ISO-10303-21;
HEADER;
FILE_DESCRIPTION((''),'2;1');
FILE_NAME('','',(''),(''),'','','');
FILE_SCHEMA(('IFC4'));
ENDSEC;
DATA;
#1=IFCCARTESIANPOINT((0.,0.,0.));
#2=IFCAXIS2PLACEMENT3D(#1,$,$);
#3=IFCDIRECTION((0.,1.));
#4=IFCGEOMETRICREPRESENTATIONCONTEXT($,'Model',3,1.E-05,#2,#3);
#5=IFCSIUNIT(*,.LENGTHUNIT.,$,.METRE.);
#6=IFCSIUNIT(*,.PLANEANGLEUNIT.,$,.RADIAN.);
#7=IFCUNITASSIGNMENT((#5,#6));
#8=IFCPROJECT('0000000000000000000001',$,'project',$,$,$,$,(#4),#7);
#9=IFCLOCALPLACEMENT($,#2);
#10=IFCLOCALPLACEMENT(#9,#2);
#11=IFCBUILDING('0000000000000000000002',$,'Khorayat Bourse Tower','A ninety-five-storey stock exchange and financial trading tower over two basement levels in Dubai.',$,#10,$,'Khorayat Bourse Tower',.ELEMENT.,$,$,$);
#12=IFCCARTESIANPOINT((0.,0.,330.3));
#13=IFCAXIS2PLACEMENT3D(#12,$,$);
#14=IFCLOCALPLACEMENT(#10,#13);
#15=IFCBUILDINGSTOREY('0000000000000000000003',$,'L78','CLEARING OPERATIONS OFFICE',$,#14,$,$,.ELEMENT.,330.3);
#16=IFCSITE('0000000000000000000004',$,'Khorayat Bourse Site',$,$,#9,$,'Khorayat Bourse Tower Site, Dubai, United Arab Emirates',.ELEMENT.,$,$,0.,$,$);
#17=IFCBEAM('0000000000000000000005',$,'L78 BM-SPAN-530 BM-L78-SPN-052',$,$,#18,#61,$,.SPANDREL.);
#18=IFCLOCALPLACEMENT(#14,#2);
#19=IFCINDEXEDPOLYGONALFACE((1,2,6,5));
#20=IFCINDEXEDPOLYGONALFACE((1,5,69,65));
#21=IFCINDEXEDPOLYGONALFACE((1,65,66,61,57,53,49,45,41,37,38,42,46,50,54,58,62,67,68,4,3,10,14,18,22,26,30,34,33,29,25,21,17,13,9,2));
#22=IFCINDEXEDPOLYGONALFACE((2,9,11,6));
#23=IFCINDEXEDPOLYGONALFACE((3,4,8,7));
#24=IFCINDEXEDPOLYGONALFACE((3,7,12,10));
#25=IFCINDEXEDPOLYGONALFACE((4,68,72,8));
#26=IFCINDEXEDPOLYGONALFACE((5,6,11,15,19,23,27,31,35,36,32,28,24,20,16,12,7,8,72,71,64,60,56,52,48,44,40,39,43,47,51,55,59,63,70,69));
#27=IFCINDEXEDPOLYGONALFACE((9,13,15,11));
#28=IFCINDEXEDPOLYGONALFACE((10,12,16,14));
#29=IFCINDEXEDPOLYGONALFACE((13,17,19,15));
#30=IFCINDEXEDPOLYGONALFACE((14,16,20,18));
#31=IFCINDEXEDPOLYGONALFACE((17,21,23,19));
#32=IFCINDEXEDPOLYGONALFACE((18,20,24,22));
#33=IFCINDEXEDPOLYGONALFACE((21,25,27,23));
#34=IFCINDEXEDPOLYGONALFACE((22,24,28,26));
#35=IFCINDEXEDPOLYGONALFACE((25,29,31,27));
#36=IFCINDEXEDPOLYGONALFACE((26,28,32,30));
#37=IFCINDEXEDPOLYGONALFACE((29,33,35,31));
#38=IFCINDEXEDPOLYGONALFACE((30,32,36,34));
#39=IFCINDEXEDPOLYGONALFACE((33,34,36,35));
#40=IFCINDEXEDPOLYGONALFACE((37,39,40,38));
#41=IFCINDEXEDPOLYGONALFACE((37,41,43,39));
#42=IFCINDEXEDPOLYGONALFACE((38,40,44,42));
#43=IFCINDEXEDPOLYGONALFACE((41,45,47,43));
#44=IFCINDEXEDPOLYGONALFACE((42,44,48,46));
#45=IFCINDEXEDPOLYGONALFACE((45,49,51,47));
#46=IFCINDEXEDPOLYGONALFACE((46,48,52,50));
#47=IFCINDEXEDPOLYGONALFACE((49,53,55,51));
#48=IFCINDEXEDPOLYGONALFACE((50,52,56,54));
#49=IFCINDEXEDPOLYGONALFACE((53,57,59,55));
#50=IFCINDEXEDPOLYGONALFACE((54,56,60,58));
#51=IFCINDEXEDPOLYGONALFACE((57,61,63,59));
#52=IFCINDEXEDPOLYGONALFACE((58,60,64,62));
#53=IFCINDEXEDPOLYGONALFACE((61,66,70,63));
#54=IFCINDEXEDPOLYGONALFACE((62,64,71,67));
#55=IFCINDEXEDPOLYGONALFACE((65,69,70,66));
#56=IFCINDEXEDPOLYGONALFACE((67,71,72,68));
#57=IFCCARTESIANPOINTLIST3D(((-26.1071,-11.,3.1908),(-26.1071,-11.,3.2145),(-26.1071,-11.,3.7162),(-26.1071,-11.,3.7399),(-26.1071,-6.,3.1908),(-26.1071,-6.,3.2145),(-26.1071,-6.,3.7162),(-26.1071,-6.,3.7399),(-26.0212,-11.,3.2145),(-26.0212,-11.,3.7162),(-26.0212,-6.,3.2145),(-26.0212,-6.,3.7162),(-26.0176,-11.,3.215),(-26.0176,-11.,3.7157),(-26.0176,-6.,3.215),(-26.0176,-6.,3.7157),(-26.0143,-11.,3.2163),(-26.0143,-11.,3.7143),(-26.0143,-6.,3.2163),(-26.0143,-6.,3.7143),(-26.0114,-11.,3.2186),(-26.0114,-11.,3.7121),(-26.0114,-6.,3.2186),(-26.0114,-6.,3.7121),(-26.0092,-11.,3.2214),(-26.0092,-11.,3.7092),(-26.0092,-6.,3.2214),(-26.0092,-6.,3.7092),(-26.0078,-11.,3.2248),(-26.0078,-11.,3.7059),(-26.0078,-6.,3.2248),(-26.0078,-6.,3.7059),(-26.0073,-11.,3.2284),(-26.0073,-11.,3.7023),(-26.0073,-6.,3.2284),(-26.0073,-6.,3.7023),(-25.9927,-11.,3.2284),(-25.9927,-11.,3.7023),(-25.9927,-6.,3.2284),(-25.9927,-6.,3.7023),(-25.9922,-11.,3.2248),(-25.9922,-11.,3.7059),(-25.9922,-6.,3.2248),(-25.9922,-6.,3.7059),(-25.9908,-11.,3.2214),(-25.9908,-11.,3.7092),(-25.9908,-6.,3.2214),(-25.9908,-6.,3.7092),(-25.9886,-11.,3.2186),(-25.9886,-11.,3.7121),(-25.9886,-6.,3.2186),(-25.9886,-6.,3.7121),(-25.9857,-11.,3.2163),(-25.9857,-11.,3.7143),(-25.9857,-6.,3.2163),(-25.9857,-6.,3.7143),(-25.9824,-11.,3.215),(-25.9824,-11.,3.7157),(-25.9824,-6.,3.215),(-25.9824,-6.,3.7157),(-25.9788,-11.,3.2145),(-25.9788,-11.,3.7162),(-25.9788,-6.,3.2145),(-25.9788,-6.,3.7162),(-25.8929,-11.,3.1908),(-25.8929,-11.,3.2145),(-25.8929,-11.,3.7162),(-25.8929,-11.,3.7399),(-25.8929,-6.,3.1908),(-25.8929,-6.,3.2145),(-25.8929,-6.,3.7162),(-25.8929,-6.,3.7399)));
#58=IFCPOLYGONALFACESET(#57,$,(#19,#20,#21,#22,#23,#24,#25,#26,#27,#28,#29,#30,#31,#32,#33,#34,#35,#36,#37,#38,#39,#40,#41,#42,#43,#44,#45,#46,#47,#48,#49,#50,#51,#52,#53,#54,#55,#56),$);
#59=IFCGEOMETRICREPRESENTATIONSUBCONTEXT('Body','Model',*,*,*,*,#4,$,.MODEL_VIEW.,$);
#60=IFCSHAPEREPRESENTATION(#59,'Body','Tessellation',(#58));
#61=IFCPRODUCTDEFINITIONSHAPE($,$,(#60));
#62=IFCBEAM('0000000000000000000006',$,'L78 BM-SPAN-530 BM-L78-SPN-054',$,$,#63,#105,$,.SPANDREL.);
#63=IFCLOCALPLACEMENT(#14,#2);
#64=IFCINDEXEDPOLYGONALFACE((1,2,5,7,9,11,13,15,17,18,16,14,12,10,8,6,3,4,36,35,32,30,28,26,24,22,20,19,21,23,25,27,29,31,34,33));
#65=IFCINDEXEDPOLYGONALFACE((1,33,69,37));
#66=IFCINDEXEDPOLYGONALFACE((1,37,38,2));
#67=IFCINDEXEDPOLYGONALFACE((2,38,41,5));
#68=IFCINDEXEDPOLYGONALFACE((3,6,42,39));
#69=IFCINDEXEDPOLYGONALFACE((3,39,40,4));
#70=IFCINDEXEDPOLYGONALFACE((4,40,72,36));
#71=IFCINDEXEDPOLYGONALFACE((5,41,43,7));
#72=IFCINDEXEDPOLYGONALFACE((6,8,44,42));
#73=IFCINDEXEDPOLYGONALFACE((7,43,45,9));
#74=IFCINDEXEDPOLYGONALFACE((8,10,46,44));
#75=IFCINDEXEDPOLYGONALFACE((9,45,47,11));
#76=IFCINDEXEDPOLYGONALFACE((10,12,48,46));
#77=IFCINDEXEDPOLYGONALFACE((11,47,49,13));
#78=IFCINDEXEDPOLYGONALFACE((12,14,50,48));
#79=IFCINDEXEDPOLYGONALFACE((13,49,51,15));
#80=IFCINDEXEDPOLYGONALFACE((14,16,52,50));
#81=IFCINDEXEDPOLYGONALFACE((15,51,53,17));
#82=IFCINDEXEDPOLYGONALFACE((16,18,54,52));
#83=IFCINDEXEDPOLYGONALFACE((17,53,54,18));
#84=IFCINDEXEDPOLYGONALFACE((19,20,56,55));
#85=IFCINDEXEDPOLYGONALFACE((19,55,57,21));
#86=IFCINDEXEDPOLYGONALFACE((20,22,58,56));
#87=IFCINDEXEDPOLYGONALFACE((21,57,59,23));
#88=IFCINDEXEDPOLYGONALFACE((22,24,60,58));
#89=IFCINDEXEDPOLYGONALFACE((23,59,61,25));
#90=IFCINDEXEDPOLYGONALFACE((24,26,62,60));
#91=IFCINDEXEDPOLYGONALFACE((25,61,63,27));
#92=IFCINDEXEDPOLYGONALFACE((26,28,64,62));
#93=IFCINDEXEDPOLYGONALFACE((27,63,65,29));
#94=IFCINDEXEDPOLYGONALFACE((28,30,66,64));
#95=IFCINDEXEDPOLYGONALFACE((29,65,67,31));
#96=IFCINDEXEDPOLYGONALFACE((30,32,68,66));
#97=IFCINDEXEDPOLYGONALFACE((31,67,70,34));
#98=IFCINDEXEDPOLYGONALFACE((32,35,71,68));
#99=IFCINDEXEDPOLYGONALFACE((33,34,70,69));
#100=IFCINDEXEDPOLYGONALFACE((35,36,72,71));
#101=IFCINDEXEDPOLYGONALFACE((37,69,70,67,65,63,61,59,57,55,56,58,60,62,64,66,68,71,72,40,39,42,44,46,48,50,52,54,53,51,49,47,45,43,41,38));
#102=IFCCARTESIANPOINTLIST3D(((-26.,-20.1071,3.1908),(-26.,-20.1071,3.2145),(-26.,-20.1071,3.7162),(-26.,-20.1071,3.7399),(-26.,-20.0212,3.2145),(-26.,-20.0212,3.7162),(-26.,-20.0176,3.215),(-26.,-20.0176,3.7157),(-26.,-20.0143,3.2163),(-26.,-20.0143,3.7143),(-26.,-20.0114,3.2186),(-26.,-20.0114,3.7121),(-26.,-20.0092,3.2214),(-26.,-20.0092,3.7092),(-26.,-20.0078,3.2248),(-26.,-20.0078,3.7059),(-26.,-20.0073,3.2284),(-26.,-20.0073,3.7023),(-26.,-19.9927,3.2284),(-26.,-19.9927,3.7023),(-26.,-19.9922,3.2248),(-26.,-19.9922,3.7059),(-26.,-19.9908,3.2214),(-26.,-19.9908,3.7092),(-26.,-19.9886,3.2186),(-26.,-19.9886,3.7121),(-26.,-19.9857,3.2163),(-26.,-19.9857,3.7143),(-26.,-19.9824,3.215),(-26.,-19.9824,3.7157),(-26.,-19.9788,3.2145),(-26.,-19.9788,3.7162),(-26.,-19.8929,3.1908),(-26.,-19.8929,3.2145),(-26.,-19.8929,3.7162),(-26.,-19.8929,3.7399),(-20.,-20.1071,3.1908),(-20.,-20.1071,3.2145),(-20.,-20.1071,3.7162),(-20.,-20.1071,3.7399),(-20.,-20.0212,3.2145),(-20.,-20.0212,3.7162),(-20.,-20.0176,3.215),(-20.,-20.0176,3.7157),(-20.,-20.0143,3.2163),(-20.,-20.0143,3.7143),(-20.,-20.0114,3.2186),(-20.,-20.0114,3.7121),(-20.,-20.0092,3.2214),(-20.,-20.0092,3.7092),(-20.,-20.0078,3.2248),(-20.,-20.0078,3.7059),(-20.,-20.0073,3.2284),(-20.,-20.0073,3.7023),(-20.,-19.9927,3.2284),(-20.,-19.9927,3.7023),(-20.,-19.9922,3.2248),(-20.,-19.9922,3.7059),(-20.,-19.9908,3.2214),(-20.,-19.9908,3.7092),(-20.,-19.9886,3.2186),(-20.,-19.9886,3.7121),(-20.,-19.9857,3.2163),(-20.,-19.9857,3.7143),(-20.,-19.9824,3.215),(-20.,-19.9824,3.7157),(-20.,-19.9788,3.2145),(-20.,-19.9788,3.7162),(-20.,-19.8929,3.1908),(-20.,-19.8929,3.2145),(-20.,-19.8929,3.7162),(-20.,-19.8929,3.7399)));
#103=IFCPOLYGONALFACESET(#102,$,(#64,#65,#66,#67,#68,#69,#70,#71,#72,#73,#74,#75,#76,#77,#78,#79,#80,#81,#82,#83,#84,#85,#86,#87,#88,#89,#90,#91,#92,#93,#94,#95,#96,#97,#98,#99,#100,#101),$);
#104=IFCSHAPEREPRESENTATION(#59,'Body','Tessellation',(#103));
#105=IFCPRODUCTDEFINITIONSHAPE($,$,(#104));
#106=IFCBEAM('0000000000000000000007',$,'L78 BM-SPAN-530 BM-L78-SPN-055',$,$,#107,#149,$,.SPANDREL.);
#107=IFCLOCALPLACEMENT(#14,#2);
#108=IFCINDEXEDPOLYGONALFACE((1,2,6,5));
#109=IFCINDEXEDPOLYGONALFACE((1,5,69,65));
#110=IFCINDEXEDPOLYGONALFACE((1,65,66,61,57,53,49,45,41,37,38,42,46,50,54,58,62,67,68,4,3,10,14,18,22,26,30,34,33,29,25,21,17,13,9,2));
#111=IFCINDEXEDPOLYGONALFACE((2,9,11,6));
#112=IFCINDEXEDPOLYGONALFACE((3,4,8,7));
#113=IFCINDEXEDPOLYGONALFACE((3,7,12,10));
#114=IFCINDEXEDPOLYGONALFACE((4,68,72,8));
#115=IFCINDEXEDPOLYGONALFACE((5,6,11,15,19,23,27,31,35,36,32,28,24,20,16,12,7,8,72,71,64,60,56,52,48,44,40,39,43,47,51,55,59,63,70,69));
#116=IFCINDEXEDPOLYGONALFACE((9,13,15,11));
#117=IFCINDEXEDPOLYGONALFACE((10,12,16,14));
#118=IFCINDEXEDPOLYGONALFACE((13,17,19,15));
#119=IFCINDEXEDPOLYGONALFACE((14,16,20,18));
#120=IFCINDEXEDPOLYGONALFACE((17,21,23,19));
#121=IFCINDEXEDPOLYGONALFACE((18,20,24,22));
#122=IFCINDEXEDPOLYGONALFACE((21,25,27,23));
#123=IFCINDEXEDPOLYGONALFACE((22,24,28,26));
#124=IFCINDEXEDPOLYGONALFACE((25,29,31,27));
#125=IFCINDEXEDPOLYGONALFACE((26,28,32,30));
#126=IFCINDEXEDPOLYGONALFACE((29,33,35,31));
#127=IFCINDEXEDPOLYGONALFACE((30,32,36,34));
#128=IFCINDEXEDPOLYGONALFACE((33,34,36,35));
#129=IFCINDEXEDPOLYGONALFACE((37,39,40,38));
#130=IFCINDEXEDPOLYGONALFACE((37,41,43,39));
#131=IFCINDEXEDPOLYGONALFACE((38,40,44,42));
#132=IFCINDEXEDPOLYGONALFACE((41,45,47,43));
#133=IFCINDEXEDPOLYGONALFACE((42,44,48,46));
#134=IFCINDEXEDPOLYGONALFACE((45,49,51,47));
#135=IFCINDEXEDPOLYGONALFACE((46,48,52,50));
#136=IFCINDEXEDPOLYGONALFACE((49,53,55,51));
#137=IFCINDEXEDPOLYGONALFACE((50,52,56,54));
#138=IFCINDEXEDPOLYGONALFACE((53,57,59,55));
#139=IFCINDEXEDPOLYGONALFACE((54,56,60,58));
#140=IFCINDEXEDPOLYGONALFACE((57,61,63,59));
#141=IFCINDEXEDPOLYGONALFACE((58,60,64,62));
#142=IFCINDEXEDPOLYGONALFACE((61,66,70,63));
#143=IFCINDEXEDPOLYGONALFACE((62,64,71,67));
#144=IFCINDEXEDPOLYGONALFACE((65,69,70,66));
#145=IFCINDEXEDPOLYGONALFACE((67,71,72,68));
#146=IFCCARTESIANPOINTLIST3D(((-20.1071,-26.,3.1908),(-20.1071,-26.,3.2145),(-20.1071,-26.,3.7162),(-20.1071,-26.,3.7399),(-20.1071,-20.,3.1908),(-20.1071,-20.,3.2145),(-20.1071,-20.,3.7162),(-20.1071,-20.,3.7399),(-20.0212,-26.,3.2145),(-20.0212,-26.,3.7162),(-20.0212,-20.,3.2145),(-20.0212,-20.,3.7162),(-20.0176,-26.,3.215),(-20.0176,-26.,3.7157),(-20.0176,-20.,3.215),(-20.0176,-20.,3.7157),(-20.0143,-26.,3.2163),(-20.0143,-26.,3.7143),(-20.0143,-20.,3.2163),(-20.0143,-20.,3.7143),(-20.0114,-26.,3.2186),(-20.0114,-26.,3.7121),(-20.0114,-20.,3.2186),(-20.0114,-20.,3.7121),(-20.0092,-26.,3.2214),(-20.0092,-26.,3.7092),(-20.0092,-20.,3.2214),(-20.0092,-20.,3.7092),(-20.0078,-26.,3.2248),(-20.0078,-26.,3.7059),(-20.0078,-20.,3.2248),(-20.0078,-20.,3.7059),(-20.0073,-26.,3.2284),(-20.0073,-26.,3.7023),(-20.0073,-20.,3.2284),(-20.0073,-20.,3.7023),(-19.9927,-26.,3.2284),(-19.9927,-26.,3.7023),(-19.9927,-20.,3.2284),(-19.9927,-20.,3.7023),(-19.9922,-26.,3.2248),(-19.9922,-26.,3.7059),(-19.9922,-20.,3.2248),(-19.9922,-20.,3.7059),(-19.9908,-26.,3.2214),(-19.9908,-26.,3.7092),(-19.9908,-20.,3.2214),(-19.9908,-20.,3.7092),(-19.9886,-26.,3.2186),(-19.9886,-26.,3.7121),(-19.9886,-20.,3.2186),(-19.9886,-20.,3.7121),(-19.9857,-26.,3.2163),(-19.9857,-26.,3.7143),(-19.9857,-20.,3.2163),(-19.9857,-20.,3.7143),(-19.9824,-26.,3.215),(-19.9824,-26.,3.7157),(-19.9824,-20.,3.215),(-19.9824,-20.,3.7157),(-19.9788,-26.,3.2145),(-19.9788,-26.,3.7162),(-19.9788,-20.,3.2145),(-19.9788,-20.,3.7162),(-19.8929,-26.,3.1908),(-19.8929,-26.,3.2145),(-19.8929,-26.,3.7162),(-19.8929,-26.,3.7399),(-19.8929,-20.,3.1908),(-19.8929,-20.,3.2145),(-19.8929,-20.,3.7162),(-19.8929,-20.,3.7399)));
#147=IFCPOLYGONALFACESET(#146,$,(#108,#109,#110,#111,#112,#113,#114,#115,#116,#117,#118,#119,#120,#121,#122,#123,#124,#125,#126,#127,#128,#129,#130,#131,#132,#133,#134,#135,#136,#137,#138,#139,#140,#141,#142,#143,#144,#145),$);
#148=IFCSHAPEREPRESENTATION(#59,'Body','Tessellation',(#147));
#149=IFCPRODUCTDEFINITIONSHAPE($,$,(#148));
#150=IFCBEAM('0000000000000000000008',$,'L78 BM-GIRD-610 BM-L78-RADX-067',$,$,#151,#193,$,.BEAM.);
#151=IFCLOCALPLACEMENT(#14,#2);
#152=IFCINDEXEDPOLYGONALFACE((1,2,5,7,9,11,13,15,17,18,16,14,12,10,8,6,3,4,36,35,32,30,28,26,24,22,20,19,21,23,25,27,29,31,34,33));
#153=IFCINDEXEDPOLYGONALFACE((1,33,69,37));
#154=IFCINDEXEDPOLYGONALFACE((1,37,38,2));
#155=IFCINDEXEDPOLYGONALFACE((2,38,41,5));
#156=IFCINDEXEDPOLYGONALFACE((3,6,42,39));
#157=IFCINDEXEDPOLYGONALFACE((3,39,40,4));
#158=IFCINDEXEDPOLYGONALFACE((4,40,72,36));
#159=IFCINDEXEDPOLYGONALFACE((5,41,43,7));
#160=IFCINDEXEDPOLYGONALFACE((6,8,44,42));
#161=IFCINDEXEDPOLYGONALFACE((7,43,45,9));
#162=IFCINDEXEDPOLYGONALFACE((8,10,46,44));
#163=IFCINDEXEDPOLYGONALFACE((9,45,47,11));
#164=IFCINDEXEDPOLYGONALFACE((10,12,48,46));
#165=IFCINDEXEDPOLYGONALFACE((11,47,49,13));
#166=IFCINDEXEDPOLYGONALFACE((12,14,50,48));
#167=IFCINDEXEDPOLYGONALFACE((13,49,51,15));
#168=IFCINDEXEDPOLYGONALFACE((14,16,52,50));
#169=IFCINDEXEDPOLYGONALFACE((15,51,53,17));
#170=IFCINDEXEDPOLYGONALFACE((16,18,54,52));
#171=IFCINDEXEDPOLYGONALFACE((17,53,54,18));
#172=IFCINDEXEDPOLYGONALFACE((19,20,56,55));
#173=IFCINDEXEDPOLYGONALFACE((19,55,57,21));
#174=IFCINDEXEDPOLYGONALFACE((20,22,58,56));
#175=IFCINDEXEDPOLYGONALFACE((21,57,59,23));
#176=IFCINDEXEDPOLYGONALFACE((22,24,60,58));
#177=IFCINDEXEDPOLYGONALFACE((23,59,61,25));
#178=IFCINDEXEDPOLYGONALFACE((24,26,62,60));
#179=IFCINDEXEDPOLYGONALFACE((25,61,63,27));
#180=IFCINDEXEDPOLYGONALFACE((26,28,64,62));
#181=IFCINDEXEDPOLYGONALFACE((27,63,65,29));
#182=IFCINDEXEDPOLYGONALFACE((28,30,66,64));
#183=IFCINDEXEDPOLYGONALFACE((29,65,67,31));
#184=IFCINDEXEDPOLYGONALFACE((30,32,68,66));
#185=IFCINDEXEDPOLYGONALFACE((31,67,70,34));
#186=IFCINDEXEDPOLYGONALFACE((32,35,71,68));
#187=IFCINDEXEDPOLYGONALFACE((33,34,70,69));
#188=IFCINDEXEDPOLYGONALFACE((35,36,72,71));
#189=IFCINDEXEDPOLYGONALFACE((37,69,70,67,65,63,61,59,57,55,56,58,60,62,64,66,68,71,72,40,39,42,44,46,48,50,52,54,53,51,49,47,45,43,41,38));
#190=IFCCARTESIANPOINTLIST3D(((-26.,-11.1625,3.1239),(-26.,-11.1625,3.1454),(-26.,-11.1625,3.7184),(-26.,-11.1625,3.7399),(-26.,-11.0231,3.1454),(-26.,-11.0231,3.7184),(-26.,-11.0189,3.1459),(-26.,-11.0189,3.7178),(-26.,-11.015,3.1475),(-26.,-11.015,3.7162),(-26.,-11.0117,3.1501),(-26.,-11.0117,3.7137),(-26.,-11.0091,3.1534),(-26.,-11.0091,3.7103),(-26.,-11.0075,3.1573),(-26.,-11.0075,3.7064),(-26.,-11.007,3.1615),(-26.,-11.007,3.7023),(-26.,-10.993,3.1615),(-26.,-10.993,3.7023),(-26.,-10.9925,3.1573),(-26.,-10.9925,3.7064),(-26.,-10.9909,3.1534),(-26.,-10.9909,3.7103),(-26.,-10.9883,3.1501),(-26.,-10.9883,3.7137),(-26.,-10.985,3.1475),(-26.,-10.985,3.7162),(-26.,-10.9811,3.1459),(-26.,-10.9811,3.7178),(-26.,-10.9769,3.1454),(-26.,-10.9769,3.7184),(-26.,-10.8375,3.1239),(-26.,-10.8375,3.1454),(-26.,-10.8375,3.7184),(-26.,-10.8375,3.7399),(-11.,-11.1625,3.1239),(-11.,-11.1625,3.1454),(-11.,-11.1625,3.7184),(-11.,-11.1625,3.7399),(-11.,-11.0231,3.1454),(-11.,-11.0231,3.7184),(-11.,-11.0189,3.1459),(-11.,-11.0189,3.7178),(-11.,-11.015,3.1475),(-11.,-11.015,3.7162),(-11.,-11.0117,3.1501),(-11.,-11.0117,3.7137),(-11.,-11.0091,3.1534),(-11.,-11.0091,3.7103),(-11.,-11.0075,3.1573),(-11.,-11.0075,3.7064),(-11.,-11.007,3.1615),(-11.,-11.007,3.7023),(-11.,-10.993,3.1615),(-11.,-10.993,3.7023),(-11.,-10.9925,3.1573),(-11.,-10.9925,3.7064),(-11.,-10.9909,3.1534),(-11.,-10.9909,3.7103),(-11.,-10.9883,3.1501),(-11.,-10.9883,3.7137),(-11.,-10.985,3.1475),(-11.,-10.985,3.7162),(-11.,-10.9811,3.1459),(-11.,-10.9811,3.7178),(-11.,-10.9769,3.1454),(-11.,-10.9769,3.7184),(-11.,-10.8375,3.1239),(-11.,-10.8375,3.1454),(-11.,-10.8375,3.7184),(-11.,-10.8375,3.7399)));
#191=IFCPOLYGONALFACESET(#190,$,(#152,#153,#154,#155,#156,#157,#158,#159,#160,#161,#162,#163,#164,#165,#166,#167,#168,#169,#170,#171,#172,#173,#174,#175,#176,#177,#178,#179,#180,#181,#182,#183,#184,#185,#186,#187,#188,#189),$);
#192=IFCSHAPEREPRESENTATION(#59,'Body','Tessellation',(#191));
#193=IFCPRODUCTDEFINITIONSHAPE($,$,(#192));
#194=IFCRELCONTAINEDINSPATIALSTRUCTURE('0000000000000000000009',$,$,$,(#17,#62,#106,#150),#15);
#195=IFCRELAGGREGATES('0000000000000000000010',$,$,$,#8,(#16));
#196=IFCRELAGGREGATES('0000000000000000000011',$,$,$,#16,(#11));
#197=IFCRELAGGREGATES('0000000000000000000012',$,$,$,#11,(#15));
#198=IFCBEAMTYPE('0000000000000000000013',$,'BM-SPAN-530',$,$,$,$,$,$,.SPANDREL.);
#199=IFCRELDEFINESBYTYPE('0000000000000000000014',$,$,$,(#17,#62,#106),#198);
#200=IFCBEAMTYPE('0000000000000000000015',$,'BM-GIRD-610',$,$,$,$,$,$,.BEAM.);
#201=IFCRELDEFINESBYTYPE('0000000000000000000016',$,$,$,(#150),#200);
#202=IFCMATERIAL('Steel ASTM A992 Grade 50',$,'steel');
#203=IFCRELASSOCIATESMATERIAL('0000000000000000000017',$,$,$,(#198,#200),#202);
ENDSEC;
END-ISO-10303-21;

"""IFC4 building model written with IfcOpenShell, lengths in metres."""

from ifc_helpers import new_model, si_unit, direction, frame, origin, origin_2d, place, context, subcontext, project, spatial, i_section, extrude, source, transform, mapped, material, material_profile, profile_set, type_object, element, save


model = new_model("IFC4")

# Units and contexts
model_context = context("Model", 3, precision=1e-05, world=origin(), true_north=direction((0.0, 1.0)))
body_context = subcontext(model_context, "Body", "Model", "MODEL_VIEW")
ifc_project = project(units=[si_unit("LENGTHUNIT", "METRE"), si_unit("PLANEANGLEUNIT", "RADIAN")], contexts=[model_context])

# Site, building, storey
site_placement = place(None, origin())
site = spatial("IfcSite", under=ifc_project, at=site_placement, Name="Khorayat Bourse Site", LongName="Khorayat Bourse Tower Site, Dubai, United Arab Emirates", CompositionType="ELEMENT", RefElevation=0.0)
building_placement = place(site_placement, origin())
building = spatial("IfcBuilding", under=site, at=building_placement, Name="Khorayat Bourse Tower", Description="A ninety-five-storey stock exchange and financial trading tower over two basement levels in Dubai.", LongName="Khorayat Bourse Tower", CompositionType="ELEMENT")
storey_placement = place(building_placement, frame((0.0, 0.0, 330.3)))
storey = spatial("IfcBuildingStorey", under=building, at=storey_placement, Name="L78", Description="CLEARING OPERATIONS OFFICE", CompositionType="ELEMENT", Elevation=330.3)

# Beams
ifc_material_1 = material(Name="Steel ASTM A992 Grade 50", Category="steel")
ifc_material_profile_1 = material_profile(ifc_material_1, i_section(OverallWidth=0.2141, OverallDepth=0.5491, WebThickness=0.0146, FlangeThickness=0.0237, FilletRadius=0.0139, at=origin_2d()), Name="W530X138")
ifc_profile_set_1 = profile_set([ifc_material_profile_1], Name="Steel ASTM A992 Grade 50")
beam_type_1 = type_object("IfcBeamType", Name="BM-SPAN-530", PredefinedType="SPANDREL", material=ifc_profile_set_1)
shared_shape_1 = source(origin(), body_context, "Body", "SweptSolid", [
    extrude(i_section(OverallWidth=0.2141, OverallDepth=0.5491, WebThickness=0.0146, FlangeThickness=0.0237, FilletRadius=0.0139, at=origin_2d()), origin(), (0.0, 0.0, 1.0), 5.0),
])
beam_1_placement = place(storey_placement, frame((-26.0, -11.0, 3.4653), z_axis=(0.0, 1.0, 0.0), x_axis=(-1.0, 0.0, 0.0)))
element("IfcBeam", 1, at=beam_1_placement, inside=storey, type_object=beam_type_1, Name="L78 BM-SPAN-530 BM-L78-SPN-052", PredefinedType="SPANDREL", context=body_context, shape_type="MappedRepresentation", body=[
    mapped(shared_shape_1, transform((0.0, 0.0, 0.0), scale=1.0)),
])
shared_shape_2 = source(origin(), body_context, "Body", "SweptSolid", [
    extrude(i_section(OverallWidth=0.2141, OverallDepth=0.5491, WebThickness=0.0146, FlangeThickness=0.0237, FilletRadius=0.0139, at=origin_2d()), origin(), (0.0, 0.0, 1.0), 6.0),
])
for number, where, z_axis, x_axis, name in (
    (2, (-26.0, -20.0, 3.4653), (1.0, 0.0, 0.0), (0.0, 1.0, 0.0), "L78 BM-SPAN-530 BM-L78-SPN-054"),
    (3, (-20.0, -26.0, 3.4653), (0.0, 1.0, 0.0), (-1.0, 0.0, 0.0), "L78 BM-SPAN-530 BM-L78-SPN-055"),
):
    element("IfcBeam", number, at=place(storey_placement, frame(where, z_axis=z_axis, x_axis=x_axis)), inside=storey, type_object=beam_type_1, Name=name, PredefinedType="SPANDREL", context=body_context, shape_type="MappedRepresentation", body=[
        mapped(shared_shape_2, transform((0.0, 0.0, 0.0), scale=1.0)),
    ])
ifc_material_profile_2 = material_profile(ifc_material_1, i_section(OverallWidth=0.325, OverallDepth=0.616, WebThickness=0.0139, FlangeThickness=0.0215, FilletRadius=0.0161, at=origin_2d()), Name="W610X174")
ifc_profile_set_2 = profile_set([ifc_material_profile_2], Name="Steel ASTM A992 Grade 50")
beam_type_2 = type_object("IfcBeamType", Name="BM-GIRD-610", PredefinedType="BEAM", material=ifc_profile_set_2)
shared_shape_3 = source(origin(), body_context, "Body", "SweptSolid", [
    extrude(i_section(OverallWidth=0.325, OverallDepth=0.616, WebThickness=0.0139, FlangeThickness=0.0215, FilletRadius=0.0161, at=origin_2d()), origin(), (0.0, 0.0, 1.0), 15.0),
])
beam_2_placement = place(storey_placement, frame((-26.0, -11.0, 3.4319), z_axis=(1.0, 0.0, 0.0), x_axis=(0.0, 1.0, 0.0)))
element("IfcBeam", 4, at=beam_2_placement, inside=storey, type_object=beam_type_2, Name="L78 BM-GIRD-610 BM-L78-RADX-067", PredefinedType="BEAM", context=body_context, shape_type="MappedRepresentation", body=[
    mapped(shared_shape_3, transform((0.0, 0.0, 0.0), scale=1.0)),
])

save(model, "model.ifc")
